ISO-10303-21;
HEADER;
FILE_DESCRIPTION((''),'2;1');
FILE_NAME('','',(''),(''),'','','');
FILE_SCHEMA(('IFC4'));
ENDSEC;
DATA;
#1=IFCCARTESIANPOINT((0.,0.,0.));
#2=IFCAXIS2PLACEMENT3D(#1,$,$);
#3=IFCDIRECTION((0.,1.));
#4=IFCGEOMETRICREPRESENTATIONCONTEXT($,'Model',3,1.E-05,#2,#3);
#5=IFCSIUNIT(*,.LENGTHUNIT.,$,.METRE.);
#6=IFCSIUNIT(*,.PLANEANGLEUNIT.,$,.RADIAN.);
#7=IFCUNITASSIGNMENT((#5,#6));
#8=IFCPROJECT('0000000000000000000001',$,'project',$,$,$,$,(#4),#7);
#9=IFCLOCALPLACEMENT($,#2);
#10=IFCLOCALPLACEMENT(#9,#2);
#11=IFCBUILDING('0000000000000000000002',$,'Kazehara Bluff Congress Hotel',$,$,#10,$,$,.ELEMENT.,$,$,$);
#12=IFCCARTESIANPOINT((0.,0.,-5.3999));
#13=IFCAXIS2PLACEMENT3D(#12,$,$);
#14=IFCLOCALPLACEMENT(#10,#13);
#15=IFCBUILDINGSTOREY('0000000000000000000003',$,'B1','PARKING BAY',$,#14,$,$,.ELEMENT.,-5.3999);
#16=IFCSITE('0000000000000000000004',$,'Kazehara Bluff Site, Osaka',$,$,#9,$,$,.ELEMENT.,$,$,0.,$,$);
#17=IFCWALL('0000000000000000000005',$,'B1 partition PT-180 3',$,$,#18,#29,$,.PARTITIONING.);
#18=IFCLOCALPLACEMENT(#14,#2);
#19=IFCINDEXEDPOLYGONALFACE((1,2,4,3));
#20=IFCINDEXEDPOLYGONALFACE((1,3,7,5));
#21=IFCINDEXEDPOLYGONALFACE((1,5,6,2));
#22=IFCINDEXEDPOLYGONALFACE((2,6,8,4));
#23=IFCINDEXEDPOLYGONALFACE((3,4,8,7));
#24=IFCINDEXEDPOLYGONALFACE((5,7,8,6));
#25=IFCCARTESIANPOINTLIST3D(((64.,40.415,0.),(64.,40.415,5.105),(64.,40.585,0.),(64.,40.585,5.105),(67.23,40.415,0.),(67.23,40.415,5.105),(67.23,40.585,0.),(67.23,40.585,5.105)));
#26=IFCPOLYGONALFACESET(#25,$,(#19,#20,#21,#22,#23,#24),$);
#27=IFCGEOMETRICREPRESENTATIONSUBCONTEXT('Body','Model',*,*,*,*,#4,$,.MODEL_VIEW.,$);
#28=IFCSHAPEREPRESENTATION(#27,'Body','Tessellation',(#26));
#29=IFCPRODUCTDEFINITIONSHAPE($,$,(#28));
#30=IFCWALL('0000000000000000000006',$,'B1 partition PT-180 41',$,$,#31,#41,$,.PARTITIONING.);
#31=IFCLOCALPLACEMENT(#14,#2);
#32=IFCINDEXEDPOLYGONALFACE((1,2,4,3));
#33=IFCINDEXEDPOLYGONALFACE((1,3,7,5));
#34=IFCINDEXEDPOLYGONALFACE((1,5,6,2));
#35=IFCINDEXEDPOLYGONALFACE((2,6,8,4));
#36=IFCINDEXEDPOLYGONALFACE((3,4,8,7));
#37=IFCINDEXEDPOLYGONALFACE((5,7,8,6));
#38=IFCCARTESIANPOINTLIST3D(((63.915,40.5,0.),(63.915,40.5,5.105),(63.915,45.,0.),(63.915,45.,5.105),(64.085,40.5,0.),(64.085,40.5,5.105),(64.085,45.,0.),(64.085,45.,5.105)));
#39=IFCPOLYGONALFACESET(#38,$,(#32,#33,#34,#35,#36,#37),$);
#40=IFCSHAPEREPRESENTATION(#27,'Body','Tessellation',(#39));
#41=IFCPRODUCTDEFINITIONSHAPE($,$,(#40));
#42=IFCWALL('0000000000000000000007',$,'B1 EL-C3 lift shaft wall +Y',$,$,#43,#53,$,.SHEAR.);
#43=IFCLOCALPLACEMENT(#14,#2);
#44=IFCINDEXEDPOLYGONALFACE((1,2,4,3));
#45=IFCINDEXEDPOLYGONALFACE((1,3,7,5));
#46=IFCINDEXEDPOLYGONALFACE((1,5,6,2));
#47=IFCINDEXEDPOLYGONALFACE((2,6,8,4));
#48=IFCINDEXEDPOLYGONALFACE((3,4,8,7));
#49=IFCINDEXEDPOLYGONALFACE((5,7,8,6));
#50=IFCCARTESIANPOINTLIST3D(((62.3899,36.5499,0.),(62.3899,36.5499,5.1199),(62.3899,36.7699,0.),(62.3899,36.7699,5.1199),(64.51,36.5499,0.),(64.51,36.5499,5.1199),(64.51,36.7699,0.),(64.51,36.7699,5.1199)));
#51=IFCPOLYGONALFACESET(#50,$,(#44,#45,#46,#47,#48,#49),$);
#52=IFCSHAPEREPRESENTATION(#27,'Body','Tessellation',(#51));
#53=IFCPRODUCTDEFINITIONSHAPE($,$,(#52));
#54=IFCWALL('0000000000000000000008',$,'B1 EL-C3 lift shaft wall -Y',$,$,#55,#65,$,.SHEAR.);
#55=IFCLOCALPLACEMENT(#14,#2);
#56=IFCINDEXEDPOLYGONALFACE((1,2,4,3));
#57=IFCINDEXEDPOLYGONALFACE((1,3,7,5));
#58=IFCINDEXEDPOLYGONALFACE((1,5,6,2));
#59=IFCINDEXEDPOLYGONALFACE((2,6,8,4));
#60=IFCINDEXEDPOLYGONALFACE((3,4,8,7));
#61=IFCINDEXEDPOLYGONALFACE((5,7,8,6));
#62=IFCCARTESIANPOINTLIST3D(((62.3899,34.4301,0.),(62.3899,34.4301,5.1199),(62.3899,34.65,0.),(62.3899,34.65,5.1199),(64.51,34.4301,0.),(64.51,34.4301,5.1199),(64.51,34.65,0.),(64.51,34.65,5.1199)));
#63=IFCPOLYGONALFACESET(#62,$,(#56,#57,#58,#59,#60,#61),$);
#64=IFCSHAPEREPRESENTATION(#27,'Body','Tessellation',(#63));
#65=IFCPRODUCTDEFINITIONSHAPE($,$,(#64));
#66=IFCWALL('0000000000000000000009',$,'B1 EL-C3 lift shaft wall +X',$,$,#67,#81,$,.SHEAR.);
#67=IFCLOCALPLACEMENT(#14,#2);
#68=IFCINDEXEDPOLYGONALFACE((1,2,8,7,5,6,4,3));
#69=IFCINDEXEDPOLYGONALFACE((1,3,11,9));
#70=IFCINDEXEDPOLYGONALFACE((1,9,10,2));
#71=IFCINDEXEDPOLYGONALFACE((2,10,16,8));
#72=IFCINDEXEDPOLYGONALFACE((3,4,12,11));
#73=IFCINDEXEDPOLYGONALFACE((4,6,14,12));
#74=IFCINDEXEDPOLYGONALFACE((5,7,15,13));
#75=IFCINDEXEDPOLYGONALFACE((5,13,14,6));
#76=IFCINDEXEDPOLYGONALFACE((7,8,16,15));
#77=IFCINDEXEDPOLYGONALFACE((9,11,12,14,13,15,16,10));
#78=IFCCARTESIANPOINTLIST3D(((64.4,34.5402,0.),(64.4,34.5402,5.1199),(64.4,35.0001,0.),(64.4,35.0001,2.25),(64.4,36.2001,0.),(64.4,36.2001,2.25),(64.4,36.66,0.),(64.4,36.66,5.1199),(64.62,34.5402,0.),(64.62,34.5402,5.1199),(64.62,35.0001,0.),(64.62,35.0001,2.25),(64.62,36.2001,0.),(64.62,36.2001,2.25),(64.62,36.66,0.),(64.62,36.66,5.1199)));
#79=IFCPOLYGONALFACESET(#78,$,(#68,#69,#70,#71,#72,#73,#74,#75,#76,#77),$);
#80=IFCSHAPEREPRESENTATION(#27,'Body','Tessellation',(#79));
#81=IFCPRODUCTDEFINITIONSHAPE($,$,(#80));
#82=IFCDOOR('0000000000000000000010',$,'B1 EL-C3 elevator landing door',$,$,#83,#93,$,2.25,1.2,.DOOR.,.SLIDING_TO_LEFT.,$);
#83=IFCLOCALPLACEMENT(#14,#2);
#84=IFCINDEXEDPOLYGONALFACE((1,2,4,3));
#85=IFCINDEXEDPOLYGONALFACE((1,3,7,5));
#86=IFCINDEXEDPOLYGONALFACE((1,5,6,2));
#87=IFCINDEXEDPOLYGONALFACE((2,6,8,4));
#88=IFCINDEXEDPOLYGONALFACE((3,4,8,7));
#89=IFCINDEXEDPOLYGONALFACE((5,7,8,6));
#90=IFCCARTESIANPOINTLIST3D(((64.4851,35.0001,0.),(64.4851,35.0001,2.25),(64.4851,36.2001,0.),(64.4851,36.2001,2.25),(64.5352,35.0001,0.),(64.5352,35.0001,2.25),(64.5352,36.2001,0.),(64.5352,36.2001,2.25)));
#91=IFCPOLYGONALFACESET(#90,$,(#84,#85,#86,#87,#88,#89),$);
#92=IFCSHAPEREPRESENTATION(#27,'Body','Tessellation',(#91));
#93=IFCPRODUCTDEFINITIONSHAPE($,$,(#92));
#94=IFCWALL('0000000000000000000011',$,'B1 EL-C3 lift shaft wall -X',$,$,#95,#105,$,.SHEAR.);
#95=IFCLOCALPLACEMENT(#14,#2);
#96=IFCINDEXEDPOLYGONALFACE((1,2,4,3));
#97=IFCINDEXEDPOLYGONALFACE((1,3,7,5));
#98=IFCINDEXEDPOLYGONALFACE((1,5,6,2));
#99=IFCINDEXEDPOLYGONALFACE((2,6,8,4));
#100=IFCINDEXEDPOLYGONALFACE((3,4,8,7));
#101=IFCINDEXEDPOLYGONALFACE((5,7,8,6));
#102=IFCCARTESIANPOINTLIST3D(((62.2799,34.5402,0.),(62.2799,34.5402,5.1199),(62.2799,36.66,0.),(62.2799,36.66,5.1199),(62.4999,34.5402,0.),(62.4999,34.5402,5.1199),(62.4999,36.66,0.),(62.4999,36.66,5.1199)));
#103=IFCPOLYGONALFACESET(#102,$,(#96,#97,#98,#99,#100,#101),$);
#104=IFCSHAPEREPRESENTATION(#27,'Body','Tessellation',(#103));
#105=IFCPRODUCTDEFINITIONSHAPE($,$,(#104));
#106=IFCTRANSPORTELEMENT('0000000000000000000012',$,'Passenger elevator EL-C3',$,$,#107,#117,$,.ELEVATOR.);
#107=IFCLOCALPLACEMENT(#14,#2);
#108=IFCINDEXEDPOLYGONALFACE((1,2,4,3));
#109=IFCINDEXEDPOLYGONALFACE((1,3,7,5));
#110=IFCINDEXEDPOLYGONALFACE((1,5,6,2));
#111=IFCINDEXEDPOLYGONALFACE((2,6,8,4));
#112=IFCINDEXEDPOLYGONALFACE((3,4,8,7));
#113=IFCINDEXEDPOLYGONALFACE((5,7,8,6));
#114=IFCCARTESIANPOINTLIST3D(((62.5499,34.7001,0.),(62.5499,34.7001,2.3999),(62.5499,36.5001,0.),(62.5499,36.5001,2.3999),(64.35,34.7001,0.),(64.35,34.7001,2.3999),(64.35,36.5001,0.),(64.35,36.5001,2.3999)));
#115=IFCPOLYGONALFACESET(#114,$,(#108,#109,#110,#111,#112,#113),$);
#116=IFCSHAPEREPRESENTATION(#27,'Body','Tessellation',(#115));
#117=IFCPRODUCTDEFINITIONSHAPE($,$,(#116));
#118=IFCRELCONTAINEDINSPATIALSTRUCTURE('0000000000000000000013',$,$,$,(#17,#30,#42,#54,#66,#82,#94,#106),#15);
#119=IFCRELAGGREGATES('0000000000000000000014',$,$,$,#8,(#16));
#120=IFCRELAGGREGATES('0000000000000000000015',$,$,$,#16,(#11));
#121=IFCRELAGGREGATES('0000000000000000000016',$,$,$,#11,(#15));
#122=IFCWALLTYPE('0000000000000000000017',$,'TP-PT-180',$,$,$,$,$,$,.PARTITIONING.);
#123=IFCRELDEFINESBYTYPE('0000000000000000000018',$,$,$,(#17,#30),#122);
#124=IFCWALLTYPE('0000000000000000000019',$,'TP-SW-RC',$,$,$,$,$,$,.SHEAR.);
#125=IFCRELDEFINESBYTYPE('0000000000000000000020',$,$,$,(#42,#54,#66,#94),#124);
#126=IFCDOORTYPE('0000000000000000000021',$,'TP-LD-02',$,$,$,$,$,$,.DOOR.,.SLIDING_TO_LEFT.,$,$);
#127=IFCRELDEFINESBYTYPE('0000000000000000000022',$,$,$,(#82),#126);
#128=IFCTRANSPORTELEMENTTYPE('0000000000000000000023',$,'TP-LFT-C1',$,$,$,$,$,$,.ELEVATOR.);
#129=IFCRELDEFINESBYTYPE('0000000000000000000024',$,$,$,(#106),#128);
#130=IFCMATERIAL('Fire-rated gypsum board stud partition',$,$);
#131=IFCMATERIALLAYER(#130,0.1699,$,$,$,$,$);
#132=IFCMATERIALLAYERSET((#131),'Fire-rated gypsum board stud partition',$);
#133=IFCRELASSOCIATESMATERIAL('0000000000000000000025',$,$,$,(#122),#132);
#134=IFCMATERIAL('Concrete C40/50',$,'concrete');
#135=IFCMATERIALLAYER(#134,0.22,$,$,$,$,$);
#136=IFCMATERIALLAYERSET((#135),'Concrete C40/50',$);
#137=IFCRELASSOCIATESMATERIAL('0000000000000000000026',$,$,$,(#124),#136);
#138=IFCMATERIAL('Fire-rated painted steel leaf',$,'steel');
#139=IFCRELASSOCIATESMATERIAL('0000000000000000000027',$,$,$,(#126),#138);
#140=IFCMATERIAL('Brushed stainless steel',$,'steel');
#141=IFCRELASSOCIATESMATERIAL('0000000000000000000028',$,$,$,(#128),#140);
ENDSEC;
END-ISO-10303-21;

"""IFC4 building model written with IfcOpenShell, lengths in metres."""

from ifc_helpers import new_model, si_unit, direction, frame, frame_2d, origin, origin_2d, place, context, subcontext, project, spatial, rectangle, extrude, material, layer, layer_set, type_object, element, fill, save


model = new_model("IFC4")

# Units and contexts
model_context = context("Model", 3, precision=1e-05, world=origin(), true_north=direction((0.0, 1.0)))
body_context = subcontext(model_context, "Body", "Model", "MODEL_VIEW")
ifc_project = project(units=[si_unit("LENGTHUNIT", "METRE"), si_unit("PLANEANGLEUNIT", "RADIAN")], contexts=[model_context])

# Site, building, storey
site_placement = place(None, origin())
site = spatial("IfcSite", under=ifc_project, at=site_placement, Name="Kazehara Bluff Site, Osaka", CompositionType="ELEMENT", RefElevation=0.0)
building_placement = place(site_placement, origin())
building = spatial("IfcBuilding", under=site, at=building_placement, Name="Kazehara Bluff Congress Hotel", CompositionType="ELEMENT")
storey_placement = place(building_placement, frame((0.0, 0.0, -5.3999)))
storey = spatial("IfcBuildingStorey", under=building, at=storey_placement, Name="B1", Description="PARKING BAY", CompositionType="ELEMENT", Elevation=-5.3999)

# Walls
ifc_material_1 = material(Name="Fire-rated gypsum board stud partition")
ifc_layer_1 = layer(ifc_material_1, 0.1699)
ifc_layer_set_1 = layer_set([ifc_layer_1], Name="Fire-rated gypsum board stud partition")
wall_type_1 = type_object("IfcWallType", Name="TP-PT-180", PredefinedType="PARTITIONING", material=ifc_layer_set_1)
wall_1_placement = place(storey_placement, frame((64.0, 40.5, 0.0), z_axis=(0.0, 0.0, 1.0), x_axis=(1.0, 0.0, 0.0)))
element("IfcWall", 1, at=wall_1_placement, inside=storey, type_object=wall_type_1, Name="B1 partition PT-180 3", PredefinedType="PARTITIONING", context=body_context, shape_type="SweptSolid", body=[
    extrude(rectangle(XDim=3.23, YDim=0.1699, at=frame_2d((1.615, 0.0))), origin(), (0.0, 0.0, 1.0), 5.105),
])
wall_2_placement = place(storey_placement, frame((64.0, 40.5, 0.0), z_axis=(0.0, 0.0, 1.0), x_axis=(0.0, 1.0, 0.0)))
element("IfcWall", 2, at=wall_2_placement, inside=storey, type_object=wall_type_1, Name="B1 partition PT-180 41", PredefinedType="PARTITIONING", context=body_context, shape_type="SweptSolid", body=[
    extrude(rectangle(XDim=4.5, YDim=0.1699, at=frame_2d((2.25, 0.0))), origin(), (0.0, 0.0, 1.0), 5.105),
])
ifc_material_2 = material(Name="Concrete C40/50", Category="concrete")
ifc_layer_2 = layer(ifc_material_2, 0.22)
ifc_layer_set_2 = layer_set([ifc_layer_2], Name="Concrete C40/50")
wall_type_2 = type_object("IfcWallType", Name="TP-SW-RC", PredefinedType="SHEAR", material=ifc_layer_set_2)
for number, where, z_axis, x_axis, name in (
    (3, (62.3899, 36.6599, 0.0), (0.0, 0.0, 1.0), (1.0, 0.0, 0.0), "B1 EL-C3 lift shaft wall +Y"),
    (4, (62.3899, 34.54, 0.0), (0.0, 0.0, 1.0), (1.0, 0.0, 0.0), "B1 EL-C3 lift shaft wall -Y"),
):
    element("IfcWall", number, at=place(storey_placement, frame(where, z_axis=z_axis, x_axis=x_axis)), inside=storey, type_object=wall_type_2, Name=name, PredefinedType="SHEAR", context=body_context, shape_type="SweptSolid", body=[
        extrude(rectangle(XDim=2.1201, YDim=0.22, at=frame_2d((1.0601, 0.0))), origin(), (0.0, 0.0, 1.0), 5.1199),
    ])

# Wall, opening, door
wall_3_placement = place(storey_placement, frame((64.51, 34.54, 0.0), z_axis=(0.0, 0.0, 1.0), x_axis=(0.0, 1.0, 0.0)))
wall_3 = element("IfcWall", 5, at=wall_3_placement, inside=storey, type_object=wall_type_2, Name="B1 EL-C3 lift shaft wall +X", PredefinedType="SHEAR", context=body_context, shape_type="SweptSolid", body=[
    extrude(rectangle(XDim=2.1199, YDim=0.22, at=frame_2d((1.0601, 0.0))), origin(), (0.0, 0.0, 1.0), 5.1199),
])
opening_placement = place(wall_3_placement, frame((0.46, 0.0, 0.0)))
opening = element("IfcOpeningElement", 6, at=opening_placement, cuts=wall_3, PredefinedType="OPENING", context=body_context, shape_type="SweptSolid", body=[
    extrude(rectangle(XDim=1.2, YDim=2.25, at=frame_2d((0.6001, 1.125))), frame((0.0, 0.1199, 0.0), z_axis=(0.0, -1.0, 0.0), x_axis=(1.0, 0.0, 0.0)), (0.0, 0.0, 1.0), 0.24),
])
ifc_material_3 = material(Name="Fire-rated painted steel leaf", Category="steel")
door_type = type_object("IfcDoorType", Name="TP-LD-02", OperationType="SLIDING_TO_LEFT", PredefinedType="DOOR", material=ifc_material_3)
door_placement = place(opening_placement, origin())
door = element("IfcDoor", 7, at=door_placement, inside=storey, type_object=door_type, Name="B1 EL-C3 elevator landing door", OperationType="SLIDING_TO_LEFT", OverallHeight=2.25, OverallWidth=1.2, PredefinedType="DOOR", context=body_context, shape_type="SweptSolid", body=[
    extrude(rectangle(XDim=1.2, YDim=2.25, at=frame_2d((0.6001, 1.125))), frame((0.0, 0.0249, 0.0), z_axis=(0.0, -1.0, 0.0), x_axis=(1.0, 0.0, 0.0)), (0.0, 0.0, 1.0), 0.05),
])
fill(opening, door)

# Wall
wall_4_placement = place(storey_placement, frame((62.3899, 34.54, 0.0), z_axis=(0.0, 0.0, 1.0), x_axis=(0.0, 1.0, 0.0)))
element("IfcWall", 8, at=wall_4_placement, inside=storey, type_object=wall_type_2, Name="B1 EL-C3 lift shaft wall -X", PredefinedType="SHEAR", context=body_context, shape_type="SweptSolid", body=[
    extrude(rectangle(XDim=2.1199, YDim=0.22, at=frame_2d((1.0601, 0.0))), origin(), (0.0, 0.0, 1.0), 5.1199),
])

# Transport element
ifc_material_4 = material(Name="Brushed stainless steel", Category="steel")
transport_element_type = type_object("IfcTransportElementType", Name="TP-LFT-C1", PredefinedType="ELEVATOR", material=ifc_material_4)
transport_element_placement = place(storey_placement, frame((63.45, 35.6001, 0.0), z_axis=(0.0, 0.0, 1.0), x_axis=(1.0, 0.0, 0.0)))
element("IfcTransportElement", 9, at=transport_element_placement, inside=storey, type_object=transport_element_type, Name="Passenger elevator EL-C3", PredefinedType="ELEVATOR", context=body_context, shape_type="SweptSolid", body=[
    extrude(rectangle(XDim=1.8, YDim=1.8, at=origin_2d()), origin(), (0.0, 0.0, 1.0), 2.3999),
])

save(model, "model.ifc")
